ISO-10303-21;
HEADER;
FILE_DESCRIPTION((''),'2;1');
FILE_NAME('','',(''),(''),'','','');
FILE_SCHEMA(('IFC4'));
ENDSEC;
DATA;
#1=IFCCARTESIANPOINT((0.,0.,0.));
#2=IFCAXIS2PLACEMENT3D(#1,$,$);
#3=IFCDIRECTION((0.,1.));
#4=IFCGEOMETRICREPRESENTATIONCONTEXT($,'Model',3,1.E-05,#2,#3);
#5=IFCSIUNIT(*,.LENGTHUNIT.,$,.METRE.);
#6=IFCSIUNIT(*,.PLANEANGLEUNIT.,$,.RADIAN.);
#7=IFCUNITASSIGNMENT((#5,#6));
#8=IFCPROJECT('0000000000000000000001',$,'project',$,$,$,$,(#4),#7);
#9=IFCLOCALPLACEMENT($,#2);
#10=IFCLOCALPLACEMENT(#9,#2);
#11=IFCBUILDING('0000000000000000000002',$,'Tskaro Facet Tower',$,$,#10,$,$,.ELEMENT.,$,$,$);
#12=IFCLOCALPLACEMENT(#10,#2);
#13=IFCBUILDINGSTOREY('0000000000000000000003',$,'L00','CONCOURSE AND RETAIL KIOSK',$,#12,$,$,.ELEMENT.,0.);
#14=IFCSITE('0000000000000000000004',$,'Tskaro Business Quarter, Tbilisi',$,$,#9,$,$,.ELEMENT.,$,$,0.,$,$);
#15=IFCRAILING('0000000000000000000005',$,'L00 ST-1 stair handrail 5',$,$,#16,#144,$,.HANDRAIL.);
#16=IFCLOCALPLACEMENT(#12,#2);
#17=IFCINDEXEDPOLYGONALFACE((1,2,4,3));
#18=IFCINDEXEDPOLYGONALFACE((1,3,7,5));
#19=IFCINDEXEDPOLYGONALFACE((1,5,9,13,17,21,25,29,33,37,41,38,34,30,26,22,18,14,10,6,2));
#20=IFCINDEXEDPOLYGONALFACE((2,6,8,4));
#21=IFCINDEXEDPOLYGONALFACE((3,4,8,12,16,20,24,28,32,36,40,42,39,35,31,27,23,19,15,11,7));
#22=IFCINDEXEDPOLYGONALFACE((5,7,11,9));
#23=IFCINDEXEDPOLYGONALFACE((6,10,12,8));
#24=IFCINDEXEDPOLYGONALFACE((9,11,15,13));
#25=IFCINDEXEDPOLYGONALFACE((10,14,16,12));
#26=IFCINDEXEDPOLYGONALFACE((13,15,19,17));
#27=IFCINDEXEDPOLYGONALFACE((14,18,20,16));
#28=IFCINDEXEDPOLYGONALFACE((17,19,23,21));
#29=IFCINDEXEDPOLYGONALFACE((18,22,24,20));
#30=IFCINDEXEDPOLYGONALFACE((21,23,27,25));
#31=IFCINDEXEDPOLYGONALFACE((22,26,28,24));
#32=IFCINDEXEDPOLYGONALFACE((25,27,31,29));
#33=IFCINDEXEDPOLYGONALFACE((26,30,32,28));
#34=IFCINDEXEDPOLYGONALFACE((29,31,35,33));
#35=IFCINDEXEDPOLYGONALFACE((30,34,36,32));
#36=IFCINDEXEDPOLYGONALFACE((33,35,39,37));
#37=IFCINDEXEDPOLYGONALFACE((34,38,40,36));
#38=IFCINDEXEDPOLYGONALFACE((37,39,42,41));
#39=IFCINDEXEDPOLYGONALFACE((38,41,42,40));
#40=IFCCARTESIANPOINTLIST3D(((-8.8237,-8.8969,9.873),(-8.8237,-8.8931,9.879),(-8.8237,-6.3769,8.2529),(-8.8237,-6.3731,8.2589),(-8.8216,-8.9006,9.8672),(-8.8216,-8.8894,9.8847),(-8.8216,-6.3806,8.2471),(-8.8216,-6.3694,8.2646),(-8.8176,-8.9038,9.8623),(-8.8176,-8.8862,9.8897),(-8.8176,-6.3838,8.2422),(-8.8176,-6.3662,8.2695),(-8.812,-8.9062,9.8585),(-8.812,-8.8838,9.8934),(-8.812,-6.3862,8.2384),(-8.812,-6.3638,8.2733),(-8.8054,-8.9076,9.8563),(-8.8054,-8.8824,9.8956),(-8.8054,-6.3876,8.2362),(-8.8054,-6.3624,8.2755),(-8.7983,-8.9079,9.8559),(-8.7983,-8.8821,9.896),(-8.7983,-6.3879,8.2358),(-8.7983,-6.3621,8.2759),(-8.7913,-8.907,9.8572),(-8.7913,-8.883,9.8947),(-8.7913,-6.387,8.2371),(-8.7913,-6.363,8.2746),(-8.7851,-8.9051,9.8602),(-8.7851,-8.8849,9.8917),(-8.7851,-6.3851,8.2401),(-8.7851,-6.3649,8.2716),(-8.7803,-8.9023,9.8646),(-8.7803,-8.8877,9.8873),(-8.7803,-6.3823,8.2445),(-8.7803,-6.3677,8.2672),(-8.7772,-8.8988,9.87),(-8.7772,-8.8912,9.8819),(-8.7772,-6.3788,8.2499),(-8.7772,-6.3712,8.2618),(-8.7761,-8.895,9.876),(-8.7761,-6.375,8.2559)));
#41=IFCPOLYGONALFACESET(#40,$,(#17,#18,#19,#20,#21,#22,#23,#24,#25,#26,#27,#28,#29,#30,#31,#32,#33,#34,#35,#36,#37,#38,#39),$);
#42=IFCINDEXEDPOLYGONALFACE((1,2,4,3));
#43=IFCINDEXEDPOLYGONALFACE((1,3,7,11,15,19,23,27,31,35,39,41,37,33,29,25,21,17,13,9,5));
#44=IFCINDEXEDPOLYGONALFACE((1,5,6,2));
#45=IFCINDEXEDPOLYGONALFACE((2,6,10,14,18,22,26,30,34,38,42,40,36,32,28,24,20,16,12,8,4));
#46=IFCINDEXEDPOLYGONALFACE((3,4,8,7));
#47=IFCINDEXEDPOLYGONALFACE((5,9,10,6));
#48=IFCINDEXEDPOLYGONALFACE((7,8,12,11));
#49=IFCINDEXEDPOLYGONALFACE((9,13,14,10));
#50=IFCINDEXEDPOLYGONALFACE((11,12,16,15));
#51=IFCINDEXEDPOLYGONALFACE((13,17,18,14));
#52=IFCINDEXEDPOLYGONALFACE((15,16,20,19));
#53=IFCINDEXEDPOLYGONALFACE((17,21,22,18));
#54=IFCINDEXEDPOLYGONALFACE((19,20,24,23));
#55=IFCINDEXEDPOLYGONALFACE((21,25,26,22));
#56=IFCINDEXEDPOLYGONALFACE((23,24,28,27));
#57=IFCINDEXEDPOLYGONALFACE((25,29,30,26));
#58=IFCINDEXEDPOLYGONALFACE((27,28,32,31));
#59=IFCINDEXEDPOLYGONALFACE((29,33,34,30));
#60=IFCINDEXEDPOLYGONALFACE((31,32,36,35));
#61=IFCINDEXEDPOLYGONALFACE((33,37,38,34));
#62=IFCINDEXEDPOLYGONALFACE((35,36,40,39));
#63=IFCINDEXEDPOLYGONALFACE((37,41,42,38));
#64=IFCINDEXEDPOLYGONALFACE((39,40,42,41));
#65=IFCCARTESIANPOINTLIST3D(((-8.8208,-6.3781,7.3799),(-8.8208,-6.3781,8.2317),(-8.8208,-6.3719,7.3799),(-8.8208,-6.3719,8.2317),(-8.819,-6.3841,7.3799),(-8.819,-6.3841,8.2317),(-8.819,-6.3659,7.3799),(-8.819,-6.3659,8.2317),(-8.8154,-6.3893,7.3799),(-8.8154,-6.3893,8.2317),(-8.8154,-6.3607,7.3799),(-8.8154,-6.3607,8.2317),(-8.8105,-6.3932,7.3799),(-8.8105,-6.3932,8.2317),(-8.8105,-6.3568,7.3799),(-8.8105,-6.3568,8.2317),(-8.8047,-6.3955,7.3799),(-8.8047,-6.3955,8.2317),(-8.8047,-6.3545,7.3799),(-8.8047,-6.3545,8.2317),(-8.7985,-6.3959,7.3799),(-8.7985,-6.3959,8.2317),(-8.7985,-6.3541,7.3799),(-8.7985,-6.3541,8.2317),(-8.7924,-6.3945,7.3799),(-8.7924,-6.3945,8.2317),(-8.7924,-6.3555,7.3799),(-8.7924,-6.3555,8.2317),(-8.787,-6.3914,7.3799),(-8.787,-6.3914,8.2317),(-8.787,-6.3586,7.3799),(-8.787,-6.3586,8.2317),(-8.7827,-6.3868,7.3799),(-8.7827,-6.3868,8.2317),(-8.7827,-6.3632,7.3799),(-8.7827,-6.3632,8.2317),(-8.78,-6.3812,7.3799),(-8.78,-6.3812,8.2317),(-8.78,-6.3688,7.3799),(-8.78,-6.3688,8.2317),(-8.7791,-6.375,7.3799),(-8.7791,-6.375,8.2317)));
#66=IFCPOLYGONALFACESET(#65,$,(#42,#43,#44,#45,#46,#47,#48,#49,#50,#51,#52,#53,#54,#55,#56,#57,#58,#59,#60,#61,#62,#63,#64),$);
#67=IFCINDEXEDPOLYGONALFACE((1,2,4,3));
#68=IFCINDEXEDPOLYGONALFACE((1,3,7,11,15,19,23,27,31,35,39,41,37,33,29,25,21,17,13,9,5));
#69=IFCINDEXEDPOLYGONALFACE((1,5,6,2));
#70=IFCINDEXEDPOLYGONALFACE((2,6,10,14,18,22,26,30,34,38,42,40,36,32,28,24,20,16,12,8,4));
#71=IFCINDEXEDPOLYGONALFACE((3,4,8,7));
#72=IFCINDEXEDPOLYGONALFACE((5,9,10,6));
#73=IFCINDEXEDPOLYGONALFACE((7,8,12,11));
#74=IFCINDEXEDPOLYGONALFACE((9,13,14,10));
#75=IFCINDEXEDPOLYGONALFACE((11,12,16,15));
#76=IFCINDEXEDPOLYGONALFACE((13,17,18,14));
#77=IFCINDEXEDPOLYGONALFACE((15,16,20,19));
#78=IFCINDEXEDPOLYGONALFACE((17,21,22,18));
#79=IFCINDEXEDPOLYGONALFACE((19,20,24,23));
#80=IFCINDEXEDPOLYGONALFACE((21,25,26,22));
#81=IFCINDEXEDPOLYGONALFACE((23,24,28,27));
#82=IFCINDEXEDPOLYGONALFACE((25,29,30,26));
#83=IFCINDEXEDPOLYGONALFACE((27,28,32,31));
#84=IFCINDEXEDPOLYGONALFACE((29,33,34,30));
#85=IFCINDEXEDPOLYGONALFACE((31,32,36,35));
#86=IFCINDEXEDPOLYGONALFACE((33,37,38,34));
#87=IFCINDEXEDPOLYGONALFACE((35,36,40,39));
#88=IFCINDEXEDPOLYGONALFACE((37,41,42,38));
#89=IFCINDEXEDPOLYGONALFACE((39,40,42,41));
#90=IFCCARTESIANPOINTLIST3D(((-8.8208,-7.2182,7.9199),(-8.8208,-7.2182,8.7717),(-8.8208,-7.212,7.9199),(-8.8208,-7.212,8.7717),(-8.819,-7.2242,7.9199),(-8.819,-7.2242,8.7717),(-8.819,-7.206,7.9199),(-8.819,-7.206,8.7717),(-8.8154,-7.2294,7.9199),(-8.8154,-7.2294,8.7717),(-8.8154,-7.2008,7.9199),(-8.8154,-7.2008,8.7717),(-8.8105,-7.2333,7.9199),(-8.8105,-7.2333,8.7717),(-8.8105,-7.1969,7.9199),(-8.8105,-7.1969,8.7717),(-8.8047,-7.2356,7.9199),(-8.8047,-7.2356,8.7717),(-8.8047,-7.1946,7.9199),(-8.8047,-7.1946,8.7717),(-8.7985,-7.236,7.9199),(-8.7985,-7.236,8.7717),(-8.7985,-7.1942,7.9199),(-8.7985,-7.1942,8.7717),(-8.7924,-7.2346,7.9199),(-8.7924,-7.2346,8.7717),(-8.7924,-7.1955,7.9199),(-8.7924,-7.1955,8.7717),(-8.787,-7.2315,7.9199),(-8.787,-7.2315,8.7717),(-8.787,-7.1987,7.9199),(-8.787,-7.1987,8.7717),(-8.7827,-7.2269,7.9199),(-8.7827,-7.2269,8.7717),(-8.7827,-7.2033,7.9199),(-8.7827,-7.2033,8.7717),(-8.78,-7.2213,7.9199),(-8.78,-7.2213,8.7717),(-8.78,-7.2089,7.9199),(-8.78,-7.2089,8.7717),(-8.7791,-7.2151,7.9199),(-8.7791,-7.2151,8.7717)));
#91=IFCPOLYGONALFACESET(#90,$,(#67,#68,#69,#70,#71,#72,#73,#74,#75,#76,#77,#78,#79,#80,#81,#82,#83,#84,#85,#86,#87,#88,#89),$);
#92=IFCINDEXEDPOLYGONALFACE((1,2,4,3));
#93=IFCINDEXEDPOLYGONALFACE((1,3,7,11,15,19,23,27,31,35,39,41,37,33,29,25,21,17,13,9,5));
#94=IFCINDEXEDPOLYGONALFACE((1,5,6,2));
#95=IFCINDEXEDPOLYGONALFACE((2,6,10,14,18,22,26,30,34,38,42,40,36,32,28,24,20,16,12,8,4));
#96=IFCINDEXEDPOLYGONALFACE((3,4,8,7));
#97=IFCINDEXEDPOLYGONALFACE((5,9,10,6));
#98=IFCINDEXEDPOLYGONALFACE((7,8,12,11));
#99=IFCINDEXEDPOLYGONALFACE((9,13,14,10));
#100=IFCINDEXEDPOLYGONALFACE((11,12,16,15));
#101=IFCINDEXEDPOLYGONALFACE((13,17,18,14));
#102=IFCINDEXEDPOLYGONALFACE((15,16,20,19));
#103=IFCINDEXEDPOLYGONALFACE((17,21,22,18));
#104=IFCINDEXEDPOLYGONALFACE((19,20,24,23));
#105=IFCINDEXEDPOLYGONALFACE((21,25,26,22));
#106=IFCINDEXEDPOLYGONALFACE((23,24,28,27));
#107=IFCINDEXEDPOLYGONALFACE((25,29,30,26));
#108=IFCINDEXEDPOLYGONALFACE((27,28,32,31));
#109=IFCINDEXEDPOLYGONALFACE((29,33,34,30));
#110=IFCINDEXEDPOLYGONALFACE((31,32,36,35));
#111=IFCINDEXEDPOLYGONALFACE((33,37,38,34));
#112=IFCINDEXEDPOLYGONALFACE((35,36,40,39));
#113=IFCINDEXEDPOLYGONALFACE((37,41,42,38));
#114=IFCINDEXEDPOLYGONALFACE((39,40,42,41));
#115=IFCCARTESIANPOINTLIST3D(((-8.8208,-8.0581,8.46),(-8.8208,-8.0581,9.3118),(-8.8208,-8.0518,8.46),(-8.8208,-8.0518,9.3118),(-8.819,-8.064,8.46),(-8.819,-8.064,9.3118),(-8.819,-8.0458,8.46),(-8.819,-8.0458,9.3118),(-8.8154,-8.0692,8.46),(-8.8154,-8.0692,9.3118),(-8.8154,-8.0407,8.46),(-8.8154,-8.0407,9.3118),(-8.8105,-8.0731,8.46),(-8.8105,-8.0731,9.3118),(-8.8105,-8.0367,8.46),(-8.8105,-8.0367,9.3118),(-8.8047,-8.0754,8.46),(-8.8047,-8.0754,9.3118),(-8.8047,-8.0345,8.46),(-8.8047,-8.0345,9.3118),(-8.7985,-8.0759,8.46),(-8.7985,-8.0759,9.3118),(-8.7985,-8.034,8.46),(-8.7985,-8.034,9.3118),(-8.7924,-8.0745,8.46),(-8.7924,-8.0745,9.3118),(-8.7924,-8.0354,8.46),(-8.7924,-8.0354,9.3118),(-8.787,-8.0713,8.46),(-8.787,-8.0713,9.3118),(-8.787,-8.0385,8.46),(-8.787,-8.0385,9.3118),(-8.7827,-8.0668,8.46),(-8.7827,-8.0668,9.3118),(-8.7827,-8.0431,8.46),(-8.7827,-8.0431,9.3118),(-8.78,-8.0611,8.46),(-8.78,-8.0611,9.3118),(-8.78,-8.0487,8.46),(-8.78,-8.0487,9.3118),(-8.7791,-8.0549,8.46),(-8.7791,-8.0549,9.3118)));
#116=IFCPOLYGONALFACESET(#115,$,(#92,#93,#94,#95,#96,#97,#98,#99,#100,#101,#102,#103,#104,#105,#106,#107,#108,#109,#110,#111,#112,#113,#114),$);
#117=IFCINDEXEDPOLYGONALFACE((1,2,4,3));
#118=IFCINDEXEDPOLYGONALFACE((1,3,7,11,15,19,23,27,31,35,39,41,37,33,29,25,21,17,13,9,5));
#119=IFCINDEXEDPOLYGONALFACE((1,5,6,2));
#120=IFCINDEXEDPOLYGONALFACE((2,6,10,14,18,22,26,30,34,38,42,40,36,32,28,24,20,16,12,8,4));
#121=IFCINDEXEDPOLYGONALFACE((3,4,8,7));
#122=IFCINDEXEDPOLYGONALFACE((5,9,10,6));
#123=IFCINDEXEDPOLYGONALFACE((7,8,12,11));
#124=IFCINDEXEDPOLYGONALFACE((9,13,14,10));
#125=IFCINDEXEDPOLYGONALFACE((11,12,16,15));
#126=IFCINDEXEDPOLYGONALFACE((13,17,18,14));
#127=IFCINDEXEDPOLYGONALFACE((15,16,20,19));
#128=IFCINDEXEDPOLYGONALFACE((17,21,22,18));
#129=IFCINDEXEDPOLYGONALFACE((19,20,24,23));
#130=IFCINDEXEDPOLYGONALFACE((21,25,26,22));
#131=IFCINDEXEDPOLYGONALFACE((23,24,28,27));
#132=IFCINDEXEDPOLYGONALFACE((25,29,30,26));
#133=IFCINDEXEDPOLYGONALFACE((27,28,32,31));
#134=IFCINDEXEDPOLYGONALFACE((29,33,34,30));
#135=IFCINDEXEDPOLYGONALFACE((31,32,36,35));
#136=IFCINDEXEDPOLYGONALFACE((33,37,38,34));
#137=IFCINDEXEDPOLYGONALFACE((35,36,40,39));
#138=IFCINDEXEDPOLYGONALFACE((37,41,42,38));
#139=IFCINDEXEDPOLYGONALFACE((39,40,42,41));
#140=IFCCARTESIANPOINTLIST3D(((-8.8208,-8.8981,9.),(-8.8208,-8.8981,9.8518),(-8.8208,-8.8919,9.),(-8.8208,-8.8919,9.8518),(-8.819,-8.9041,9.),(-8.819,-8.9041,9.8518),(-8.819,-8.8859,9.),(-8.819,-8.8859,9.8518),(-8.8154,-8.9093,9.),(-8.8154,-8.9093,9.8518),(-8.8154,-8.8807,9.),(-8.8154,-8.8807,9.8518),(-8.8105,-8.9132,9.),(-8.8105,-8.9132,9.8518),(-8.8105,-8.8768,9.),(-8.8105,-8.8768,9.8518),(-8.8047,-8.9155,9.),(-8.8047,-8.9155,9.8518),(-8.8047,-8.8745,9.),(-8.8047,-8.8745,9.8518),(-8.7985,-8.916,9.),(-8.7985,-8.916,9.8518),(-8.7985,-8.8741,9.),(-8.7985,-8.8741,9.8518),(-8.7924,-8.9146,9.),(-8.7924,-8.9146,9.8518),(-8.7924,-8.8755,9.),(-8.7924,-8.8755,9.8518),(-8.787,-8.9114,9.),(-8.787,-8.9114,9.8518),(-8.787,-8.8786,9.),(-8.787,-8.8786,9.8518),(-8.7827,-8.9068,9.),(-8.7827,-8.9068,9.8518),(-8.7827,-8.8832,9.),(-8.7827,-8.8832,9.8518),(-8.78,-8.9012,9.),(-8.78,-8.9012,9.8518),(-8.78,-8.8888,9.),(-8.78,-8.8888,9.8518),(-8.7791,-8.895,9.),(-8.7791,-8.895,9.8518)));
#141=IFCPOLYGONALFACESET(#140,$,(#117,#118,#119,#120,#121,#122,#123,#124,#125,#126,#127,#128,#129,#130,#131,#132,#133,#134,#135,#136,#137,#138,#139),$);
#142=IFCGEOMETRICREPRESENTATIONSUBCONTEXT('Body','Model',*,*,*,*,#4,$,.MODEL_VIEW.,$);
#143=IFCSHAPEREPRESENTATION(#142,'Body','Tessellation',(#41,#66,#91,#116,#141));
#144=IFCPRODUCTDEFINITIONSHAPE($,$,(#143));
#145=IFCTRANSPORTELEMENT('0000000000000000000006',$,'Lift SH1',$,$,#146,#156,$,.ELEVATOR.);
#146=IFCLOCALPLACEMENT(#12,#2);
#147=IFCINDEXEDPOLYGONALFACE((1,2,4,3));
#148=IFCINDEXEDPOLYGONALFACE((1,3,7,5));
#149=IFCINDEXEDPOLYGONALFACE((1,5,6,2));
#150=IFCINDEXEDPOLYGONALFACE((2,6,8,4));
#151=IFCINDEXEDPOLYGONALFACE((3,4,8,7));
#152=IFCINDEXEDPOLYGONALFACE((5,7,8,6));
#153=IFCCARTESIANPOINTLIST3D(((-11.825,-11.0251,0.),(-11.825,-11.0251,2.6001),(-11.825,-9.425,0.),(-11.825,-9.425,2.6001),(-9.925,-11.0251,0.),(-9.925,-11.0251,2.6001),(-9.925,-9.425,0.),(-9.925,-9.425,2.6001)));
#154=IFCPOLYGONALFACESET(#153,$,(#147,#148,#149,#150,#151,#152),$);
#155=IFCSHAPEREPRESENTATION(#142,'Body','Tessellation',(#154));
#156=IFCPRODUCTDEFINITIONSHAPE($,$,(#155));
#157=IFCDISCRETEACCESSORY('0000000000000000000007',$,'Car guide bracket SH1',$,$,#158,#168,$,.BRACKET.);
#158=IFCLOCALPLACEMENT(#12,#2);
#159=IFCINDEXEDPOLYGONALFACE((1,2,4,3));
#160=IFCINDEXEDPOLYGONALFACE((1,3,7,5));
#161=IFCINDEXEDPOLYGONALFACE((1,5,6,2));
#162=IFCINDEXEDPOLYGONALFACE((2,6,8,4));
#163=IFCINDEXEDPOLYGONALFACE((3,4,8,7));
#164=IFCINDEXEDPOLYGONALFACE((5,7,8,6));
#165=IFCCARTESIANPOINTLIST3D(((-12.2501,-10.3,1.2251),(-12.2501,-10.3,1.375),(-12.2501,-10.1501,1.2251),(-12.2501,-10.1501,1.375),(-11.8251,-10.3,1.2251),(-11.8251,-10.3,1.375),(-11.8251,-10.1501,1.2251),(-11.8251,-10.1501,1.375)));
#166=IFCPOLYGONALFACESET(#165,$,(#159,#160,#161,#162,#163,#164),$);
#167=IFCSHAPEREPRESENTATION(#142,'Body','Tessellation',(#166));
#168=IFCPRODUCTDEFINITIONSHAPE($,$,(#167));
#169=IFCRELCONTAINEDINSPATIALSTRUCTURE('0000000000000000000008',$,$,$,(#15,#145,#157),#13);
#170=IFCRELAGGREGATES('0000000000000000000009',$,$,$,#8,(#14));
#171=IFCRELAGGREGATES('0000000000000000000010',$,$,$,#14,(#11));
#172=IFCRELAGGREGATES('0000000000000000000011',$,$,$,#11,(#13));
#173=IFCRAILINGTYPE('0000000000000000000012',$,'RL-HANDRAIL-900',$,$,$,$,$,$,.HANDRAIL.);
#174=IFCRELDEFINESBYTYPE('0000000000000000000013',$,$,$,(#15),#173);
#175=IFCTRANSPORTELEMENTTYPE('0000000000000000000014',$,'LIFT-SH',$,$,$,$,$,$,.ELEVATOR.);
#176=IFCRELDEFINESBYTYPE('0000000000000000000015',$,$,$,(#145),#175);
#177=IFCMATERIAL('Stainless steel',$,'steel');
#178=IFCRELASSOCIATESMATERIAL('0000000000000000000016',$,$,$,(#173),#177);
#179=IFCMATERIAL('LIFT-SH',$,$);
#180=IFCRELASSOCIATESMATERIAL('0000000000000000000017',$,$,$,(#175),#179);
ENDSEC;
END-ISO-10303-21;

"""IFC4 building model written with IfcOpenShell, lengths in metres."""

from ifc_helpers import new_model, si_unit, direction, frame, origin, origin_2d, place, context, subcontext, project, spatial, rectangle, circle, extrude, material, type_object, element, save


model = new_model("IFC4")

# Units and contexts
model_context = context("Model", 3, precision=1e-05, world=origin(), true_north=direction((0.0, 1.0)))
body_context = subcontext(model_context, "Body", "Model", "MODEL_VIEW")
ifc_project = project(units=[si_unit("LENGTHUNIT", "METRE"), si_unit("PLANEANGLEUNIT", "RADIAN")], contexts=[model_context])

# Site, building, storey
site_placement = place(None, origin())
site = spatial("IfcSite", under=ifc_project, at=site_placement, Name="Tskaro Business Quarter, Tbilisi", CompositionType="ELEMENT", RefElevation=0.0)
building_placement = place(site_placement, origin())
building = spatial("IfcBuilding", under=site, at=building_placement, Name="Tskaro Facet Tower", CompositionType="ELEMENT")
storey_placement = place(building_placement, origin())
storey = spatial("IfcBuildingStorey", under=building, at=storey_placement, Name="L00", Description="CONCOURSE AND RETAIL KIOSK", CompositionType="ELEMENT", Elevation=0.0)

# Shared definitions
ifc_material_1 = material(Name="Stainless steel", Category="steel")

# Railing
railing_type = type_object("IfcRailingType", Name="RL-HANDRAIL-900", PredefinedType="HANDRAIL", material=ifc_material_1)
railing_1_placement = place(storey_placement, frame((-8.8, -6.375, 7.3799)))
element("IfcRailing", 1, at=railing_1_placement, inside=storey, type_object=railing_type, Name="L00 ST-1 stair handrail 5", PredefinedType="HANDRAIL", context=body_context, shape_type="SweptSolid", body=[
    extrude(circle(Radius=0.0239, at=origin_2d()), frame((0.0, 0.0, 0.876), z_axis=(0.0, -0.841163, 0.540782), x_axis=(1.0, 0.0, 0.0)), (0.0, 0.0, 1.0), 2.9958),
    extrude(circle(Radius=0.021, at=origin_2d()), origin(), (0.0, 0.0, 1.0), 0.8518),
    extrude(circle(Radius=0.021, at=origin_2d()), frame((0.0, -0.8401, 0.54)), (0.0, 0.0, 1.0), 0.8518),
    extrude(circle(Radius=0.021, at=origin_2d()), frame((0.0, -1.6799, 1.0801)), (0.0, 0.0, 1.0), 0.8518),
    extrude(circle(Radius=0.021, at=origin_2d()), frame((0.0, -2.52, 1.6201)), (0.0, 0.0, 1.0), 0.8518),
])

# Transport element
ifc_material_2 = material(Name="LIFT-SH")
transport_element_type = type_object("IfcTransportElementType", Name="LIFT-SH", PredefinedType="ELEVATOR", material=ifc_material_2)
transport_element_placement = place(storey_placement, frame((-10.875, -10.2251, 0.0), z_axis=(0.0, 0.0, 1.0), x_axis=(1.0, 0.0, 0.0)))
element("IfcTransportElement", 2, at=transport_element_placement, inside=storey, type_object=transport_element_type, Name="Lift SH1", PredefinedType="ELEVATOR", context=body_context, shape_type="SweptSolid", body=[
    extrude(rectangle(XDim=1.8999, YDim=1.6001, at=origin_2d()), origin(), (0.0, 0.0, 1.0), 2.6001),
])

# Discrete accessory
discrete_accessory_placement = place(storey_placement, frame((-12.0376, -10.2251, 1.2251), z_axis=(0.0, 0.0, 1.0), x_axis=(1.0, 0.0, 0.0)))
element("IfcDiscreteAccessory", 3, at=discrete_accessory_placement, inside=storey, Name="Car guide bracket SH1", PredefinedType="BRACKET", context=body_context, shape_type="SweptSolid", body=[
    extrude(rectangle(XDim=0.425, YDim=0.1499, at=origin_2d()), origin(), (0.0, 0.0, 1.0), 0.1499),
])

save(model, "model.ifc")
